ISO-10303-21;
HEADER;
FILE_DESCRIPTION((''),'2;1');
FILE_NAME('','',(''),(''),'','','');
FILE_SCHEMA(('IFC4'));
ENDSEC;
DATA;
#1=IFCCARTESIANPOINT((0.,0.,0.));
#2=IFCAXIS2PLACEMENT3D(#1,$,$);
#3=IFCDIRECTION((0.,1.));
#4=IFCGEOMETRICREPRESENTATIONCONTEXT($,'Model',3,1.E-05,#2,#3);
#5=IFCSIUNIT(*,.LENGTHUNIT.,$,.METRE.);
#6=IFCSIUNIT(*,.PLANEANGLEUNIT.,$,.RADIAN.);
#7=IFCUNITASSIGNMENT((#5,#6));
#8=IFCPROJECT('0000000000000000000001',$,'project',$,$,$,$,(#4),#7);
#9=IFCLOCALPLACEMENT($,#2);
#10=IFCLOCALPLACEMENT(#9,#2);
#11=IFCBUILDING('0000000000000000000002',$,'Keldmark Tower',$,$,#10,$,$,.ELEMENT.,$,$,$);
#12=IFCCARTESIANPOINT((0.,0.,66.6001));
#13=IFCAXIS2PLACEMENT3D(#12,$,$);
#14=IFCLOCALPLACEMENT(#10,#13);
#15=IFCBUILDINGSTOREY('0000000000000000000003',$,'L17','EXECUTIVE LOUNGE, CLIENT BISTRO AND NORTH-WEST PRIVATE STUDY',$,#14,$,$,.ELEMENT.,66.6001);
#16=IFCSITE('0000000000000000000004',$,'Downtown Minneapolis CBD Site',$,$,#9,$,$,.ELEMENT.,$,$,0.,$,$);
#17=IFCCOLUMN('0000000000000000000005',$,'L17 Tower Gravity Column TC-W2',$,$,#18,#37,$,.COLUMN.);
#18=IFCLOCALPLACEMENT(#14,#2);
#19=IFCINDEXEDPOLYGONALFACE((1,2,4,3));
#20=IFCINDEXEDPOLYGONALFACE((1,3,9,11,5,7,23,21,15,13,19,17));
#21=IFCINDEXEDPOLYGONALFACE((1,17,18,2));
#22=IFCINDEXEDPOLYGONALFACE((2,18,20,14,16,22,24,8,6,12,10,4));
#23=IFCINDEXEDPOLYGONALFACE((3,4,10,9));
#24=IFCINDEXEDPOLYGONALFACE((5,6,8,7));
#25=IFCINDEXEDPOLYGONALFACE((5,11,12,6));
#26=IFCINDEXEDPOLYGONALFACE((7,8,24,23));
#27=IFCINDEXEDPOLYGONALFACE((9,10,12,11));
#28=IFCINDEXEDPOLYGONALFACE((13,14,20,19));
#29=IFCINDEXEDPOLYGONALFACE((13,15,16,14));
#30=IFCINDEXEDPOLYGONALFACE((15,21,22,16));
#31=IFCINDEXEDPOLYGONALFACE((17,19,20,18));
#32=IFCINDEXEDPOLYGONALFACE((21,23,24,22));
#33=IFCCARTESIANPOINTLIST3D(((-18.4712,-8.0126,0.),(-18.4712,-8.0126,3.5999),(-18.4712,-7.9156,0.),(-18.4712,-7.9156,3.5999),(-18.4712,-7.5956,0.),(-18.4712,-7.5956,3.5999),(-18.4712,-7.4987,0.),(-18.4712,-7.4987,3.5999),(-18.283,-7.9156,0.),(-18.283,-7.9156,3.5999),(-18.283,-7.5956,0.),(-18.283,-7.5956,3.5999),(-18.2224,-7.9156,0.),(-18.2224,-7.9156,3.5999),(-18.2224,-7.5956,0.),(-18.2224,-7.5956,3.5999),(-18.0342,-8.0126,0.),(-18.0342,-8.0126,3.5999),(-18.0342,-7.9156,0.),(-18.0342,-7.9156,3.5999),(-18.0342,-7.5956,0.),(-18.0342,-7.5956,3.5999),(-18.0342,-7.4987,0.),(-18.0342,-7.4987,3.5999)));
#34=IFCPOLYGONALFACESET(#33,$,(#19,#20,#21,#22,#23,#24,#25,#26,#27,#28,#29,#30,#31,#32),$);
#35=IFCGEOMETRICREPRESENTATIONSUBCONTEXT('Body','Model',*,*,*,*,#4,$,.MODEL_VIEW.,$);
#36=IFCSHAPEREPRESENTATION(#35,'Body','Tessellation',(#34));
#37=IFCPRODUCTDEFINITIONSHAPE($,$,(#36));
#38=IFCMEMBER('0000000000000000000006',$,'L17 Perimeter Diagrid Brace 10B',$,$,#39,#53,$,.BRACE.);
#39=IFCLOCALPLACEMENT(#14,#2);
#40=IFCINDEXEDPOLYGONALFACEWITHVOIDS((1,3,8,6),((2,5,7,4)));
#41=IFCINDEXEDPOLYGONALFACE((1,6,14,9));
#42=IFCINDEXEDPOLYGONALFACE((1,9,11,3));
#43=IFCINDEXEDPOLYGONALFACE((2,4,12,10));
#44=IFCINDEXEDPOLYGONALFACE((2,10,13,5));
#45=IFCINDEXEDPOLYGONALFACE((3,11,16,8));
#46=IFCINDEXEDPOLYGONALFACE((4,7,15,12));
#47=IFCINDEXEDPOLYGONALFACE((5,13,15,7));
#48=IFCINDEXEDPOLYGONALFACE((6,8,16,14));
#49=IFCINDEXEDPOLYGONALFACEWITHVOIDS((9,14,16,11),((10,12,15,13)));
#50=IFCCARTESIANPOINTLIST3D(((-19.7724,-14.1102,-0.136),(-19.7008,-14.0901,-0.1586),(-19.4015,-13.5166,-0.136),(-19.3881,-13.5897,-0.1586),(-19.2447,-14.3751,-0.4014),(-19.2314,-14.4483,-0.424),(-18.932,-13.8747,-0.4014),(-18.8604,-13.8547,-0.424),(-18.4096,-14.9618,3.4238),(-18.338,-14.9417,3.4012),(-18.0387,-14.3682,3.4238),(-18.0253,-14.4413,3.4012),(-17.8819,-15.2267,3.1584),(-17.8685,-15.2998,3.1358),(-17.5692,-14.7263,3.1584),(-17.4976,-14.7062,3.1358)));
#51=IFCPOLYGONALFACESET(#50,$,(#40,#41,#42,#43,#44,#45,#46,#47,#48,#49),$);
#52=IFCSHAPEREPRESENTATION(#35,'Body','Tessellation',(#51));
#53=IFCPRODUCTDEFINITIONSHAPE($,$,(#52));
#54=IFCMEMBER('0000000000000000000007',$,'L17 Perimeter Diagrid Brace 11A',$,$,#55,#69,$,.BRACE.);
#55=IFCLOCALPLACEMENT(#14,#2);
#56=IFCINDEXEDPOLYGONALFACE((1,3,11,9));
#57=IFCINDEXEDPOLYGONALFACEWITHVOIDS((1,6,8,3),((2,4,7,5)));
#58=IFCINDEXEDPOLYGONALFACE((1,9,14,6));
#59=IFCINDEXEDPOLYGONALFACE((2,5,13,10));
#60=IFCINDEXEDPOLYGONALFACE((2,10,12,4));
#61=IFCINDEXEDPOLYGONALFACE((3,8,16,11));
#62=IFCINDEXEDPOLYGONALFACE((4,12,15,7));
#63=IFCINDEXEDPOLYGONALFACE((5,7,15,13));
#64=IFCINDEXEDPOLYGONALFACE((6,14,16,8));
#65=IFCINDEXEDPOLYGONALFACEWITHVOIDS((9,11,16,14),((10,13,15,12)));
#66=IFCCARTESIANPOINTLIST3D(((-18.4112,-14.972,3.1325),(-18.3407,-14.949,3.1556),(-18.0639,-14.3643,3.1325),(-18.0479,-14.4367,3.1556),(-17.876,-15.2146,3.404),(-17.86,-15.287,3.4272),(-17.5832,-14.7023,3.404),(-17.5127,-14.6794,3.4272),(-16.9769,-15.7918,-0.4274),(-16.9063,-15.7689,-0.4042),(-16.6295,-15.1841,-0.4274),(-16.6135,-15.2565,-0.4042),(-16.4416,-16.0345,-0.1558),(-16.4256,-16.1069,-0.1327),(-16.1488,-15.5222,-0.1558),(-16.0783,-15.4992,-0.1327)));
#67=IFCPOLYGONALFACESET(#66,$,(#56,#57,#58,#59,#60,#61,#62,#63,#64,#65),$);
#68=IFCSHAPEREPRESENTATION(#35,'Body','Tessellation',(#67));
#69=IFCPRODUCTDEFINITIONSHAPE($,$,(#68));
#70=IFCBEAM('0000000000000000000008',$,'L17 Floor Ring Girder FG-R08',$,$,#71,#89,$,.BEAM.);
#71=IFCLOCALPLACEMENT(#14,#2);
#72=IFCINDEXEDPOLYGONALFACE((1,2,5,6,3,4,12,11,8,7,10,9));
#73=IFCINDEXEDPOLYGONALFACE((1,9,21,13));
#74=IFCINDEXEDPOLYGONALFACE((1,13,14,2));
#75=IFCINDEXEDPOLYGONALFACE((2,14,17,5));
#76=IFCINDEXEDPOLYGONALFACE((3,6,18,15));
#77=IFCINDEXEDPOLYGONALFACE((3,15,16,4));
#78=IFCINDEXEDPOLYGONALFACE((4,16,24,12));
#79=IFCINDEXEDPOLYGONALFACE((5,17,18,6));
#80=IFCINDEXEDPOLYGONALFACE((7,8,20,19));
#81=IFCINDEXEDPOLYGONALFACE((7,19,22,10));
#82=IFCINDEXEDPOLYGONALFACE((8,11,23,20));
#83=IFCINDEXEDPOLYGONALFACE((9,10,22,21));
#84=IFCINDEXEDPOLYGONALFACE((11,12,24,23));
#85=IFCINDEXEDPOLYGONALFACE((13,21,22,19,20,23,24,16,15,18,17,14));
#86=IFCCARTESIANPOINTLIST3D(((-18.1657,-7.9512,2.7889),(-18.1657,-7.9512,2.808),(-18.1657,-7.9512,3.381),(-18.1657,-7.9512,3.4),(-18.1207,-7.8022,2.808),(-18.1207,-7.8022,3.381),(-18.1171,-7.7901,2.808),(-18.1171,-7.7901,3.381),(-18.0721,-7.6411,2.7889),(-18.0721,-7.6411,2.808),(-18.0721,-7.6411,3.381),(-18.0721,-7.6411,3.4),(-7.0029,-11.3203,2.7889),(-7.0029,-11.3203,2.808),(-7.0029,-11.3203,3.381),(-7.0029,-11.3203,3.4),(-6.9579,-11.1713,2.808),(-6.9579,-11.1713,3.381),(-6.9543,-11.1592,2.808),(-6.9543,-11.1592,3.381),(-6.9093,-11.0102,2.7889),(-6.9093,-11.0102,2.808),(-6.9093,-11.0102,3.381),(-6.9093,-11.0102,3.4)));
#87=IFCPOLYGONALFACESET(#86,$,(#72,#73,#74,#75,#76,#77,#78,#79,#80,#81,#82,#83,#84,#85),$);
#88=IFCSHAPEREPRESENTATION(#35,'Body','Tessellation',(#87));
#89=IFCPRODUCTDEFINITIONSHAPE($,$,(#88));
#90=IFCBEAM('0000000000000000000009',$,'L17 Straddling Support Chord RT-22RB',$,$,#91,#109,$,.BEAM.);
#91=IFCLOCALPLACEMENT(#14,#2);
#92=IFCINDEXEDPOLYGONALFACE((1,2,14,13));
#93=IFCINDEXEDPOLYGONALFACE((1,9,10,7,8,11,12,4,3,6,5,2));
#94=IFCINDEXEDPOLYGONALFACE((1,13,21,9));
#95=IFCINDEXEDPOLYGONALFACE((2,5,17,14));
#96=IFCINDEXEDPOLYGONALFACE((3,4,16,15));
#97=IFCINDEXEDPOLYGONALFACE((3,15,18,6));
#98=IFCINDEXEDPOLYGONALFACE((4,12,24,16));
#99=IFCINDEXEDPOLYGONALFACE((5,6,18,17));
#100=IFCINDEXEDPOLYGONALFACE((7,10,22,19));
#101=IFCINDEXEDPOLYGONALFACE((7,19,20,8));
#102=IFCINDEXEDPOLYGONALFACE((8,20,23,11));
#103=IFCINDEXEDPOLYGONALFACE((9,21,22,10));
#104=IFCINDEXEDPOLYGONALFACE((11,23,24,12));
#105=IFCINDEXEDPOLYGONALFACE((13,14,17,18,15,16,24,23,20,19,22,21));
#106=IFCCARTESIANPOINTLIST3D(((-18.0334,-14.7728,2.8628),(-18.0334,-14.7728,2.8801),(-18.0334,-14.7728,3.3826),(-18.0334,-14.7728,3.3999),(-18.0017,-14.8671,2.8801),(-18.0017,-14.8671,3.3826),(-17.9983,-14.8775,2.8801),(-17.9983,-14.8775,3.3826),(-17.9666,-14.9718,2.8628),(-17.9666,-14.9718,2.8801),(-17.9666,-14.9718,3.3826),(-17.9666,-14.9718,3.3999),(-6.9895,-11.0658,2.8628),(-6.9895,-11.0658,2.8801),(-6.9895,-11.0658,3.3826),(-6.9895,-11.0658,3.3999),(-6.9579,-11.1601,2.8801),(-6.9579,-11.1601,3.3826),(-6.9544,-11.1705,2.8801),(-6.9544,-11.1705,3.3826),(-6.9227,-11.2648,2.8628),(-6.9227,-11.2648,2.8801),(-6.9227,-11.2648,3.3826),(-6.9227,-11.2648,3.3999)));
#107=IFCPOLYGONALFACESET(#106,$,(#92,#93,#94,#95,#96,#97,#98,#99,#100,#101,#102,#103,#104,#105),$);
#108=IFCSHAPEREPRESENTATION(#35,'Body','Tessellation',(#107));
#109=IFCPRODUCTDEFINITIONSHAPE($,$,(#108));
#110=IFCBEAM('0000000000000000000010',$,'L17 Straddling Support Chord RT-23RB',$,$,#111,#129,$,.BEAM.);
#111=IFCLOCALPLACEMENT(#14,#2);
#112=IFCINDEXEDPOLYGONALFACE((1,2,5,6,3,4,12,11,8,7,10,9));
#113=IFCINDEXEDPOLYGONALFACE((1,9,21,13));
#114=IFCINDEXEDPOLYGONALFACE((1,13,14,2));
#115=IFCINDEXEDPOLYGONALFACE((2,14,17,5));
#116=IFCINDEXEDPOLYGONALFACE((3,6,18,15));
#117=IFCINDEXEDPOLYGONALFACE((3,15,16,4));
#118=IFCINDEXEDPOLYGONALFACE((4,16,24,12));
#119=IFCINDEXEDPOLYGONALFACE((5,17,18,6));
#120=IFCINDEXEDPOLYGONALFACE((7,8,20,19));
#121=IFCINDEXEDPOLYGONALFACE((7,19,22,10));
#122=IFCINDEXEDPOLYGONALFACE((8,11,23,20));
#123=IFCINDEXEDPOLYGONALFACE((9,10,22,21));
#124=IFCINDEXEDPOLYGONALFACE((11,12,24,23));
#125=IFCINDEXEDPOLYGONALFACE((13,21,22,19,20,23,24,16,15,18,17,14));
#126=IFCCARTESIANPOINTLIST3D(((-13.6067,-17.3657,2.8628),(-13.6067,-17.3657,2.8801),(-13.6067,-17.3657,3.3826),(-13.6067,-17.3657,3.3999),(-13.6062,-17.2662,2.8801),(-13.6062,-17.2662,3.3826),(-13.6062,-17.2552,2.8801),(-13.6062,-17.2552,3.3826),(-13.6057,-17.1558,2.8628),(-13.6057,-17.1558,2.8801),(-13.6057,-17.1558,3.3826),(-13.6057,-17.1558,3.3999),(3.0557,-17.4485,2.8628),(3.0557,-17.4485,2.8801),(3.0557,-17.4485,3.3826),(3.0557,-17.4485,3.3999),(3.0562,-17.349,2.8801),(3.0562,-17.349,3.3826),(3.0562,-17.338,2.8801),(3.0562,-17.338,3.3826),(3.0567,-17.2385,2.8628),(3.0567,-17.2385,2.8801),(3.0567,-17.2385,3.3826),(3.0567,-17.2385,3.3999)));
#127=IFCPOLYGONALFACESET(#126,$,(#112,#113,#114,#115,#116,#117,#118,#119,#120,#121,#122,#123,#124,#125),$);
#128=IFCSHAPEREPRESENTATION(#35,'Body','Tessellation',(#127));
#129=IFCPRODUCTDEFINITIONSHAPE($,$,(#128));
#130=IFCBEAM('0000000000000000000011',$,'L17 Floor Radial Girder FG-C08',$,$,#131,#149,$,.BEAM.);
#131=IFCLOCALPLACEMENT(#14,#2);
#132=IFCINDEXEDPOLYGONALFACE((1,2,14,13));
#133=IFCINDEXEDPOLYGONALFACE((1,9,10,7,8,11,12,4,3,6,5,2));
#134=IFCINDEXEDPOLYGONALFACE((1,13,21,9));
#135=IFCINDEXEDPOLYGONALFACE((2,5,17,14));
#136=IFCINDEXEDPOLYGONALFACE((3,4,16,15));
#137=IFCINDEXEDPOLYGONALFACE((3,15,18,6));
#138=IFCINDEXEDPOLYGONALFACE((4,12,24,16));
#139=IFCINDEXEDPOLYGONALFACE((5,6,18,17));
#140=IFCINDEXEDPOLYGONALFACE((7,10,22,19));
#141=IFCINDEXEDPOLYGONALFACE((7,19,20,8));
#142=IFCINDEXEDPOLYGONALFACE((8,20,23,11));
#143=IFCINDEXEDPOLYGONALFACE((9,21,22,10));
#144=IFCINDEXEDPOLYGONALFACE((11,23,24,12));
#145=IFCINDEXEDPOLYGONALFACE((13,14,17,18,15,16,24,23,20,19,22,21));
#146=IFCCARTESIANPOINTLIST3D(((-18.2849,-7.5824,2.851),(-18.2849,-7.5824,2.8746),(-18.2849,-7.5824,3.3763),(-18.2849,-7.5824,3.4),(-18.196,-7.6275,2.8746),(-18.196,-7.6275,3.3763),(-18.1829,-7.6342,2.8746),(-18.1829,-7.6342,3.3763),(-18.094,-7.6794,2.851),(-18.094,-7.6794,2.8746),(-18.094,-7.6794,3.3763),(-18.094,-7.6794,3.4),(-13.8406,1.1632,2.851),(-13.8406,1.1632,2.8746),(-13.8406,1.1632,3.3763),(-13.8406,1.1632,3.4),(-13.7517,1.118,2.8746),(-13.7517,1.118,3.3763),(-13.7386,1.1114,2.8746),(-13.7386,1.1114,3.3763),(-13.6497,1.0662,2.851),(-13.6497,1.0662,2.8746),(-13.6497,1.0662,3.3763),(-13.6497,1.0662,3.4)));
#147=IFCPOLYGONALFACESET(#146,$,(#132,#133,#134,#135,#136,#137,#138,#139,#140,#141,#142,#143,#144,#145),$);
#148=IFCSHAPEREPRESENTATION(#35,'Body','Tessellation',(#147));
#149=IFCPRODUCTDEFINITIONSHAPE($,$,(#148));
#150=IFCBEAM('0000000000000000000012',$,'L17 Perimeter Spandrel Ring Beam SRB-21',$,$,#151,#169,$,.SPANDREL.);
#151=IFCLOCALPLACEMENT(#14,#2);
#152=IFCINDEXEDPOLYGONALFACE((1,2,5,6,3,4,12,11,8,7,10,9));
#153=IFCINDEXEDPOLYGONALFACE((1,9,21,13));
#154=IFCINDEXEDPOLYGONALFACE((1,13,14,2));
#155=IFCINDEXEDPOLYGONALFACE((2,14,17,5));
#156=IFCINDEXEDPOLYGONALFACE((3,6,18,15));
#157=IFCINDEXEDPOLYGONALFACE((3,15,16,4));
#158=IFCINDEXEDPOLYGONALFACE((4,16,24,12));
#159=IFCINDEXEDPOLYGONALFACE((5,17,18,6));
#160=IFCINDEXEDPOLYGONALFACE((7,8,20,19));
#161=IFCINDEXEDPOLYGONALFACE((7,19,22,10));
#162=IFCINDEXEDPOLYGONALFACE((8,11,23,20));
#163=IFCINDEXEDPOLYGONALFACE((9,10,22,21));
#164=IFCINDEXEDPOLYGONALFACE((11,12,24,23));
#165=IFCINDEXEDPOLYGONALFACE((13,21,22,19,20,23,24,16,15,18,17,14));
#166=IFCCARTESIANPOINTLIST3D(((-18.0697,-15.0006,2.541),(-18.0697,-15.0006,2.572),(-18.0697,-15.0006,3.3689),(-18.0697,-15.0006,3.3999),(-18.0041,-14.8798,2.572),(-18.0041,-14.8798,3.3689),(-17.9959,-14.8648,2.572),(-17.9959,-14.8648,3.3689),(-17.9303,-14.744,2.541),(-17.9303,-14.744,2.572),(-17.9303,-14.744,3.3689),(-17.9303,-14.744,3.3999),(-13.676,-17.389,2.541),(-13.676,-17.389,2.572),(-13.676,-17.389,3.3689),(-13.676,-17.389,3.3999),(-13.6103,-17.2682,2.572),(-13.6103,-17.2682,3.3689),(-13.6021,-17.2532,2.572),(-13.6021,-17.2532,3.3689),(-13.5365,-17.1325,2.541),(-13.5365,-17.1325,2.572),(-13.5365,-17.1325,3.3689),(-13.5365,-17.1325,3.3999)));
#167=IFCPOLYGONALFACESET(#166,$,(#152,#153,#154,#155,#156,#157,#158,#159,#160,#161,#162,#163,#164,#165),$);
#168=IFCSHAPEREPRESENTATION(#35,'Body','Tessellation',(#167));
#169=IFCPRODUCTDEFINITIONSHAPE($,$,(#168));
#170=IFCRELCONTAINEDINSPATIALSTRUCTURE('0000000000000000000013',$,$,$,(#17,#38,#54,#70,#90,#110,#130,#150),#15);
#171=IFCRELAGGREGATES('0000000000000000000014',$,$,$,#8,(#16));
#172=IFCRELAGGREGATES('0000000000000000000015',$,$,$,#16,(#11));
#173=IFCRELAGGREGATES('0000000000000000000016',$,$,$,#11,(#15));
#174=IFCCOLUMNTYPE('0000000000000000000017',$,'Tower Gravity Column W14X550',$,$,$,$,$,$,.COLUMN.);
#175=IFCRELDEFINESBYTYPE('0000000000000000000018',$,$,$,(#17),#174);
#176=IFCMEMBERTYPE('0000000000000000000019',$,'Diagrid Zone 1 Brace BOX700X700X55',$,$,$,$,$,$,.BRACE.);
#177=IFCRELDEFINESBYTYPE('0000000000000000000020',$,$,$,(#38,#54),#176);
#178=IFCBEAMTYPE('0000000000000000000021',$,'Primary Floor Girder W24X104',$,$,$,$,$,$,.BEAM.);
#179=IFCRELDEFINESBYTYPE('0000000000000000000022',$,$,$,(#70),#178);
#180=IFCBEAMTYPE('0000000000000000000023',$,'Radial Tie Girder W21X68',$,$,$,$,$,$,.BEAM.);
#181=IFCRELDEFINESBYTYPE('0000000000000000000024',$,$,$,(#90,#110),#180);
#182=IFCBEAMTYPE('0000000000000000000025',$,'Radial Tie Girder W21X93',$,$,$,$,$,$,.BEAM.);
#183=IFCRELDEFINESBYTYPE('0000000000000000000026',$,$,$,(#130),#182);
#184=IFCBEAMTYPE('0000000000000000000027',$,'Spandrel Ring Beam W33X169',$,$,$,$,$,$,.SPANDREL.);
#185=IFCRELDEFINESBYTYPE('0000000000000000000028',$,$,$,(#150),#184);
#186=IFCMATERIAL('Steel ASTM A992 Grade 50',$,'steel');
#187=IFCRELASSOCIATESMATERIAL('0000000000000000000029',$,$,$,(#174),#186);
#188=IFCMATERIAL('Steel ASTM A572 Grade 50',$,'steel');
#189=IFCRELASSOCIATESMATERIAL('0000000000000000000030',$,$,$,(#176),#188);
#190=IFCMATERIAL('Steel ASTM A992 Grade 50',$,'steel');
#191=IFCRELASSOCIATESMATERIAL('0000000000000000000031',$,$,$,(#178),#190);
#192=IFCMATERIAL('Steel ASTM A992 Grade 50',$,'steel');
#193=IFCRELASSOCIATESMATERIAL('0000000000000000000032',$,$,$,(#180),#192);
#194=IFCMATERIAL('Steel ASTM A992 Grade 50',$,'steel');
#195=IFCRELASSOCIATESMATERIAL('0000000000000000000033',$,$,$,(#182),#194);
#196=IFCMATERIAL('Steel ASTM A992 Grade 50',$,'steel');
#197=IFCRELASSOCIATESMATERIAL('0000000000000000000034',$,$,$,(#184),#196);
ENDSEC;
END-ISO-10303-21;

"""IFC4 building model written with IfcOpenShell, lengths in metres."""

from ifc_helpers import new_model, si_unit, direction, frame, origin, origin_2d, place, context, subcontext, project, spatial, hollow_rectangle, i_section, extrude, material, material_profile, profile_set, type_object, element, save


model = new_model("IFC4")

# Units and contexts
model_context = context("Model", 3, precision=1e-05, world=origin(), true_north=direction((0.0, 1.0)))
body_context = subcontext(model_context, "Body", "Model", "MODEL_VIEW")
ifc_project = project(units=[si_unit("LENGTHUNIT", "METRE"), si_unit("PLANEANGLEUNIT", "RADIAN")], contexts=[model_context])

# Site, building, storey
site_placement = place(None, origin())
site = spatial("IfcSite", under=ifc_project, at=site_placement, Name="Downtown Minneapolis CBD Site", CompositionType="ELEMENT", RefElevation=0.0)
building_placement = place(site_placement, origin())
building = spatial("IfcBuilding", under=site, at=building_placement, Name="Keldmark Tower", CompositionType="ELEMENT")
storey_placement = place(building_placement, frame((0.0, 0.0, 66.6001)))
storey = spatial("IfcBuildingStorey", under=building, at=storey_placement, Name="L17", Description="EXECUTIVE LOUNGE, CLIENT BISTRO AND NORTH-WEST PRIVATE STUDY", CompositionType="ELEMENT", Elevation=66.6001)

# Column
ifc_material_1 = material(Name="Steel ASTM A992 Grade 50", Category="steel")
ifc_material_profile_1 = material_profile(ifc_material_1, i_section(OverallWidth=0.437, OverallDepth=0.5139, WebThickness=0.0605, FlangeThickness=0.0969, at=origin_2d()), Name="W14X550")
ifc_profile_set_1 = profile_set([ifc_material_profile_1], Name="Steel ASTM A992 Grade 50")
column_type = type_object("IfcColumnType", Name="Tower Gravity Column W14X550", PredefinedType="COLUMN", material=ifc_profile_set_1)
column_placement = place(storey_placement, frame((-18.2527, -7.7556, 0.0), z_axis=(0.0, 0.0, 1.0), x_axis=(1.0, 0.0, 0.0)))
element("IfcColumn", 1, at=column_placement, inside=storey, type_object=column_type, Name="L17 Tower Gravity Column TC-W2", PredefinedType="COLUMN", context=body_context, shape_type="SweptSolid", body=[
    extrude(i_section(OverallWidth=0.437, OverallDepth=0.5139, WebThickness=0.0605, FlangeThickness=0.0969, at=origin_2d()), origin(), (0.0, 0.0, 1.0), 3.5999),
])

# Members
ifc_material_2 = material(Name="Steel ASTM A572 Grade 50", Category="steel")
ifc_material_profile_2 = material_profile(ifc_material_2, hollow_rectangle(XDim=0.7, YDim=0.7, WallThickness=0.0549, at=origin_2d()), Name="BOX700X700X55")
ifc_profile_set_2 = profile_set([ifc_material_profile_2], Name="Steel ASTM A572 Grade 50")
member_type = type_object("IfcMemberType", Name="Diagrid Zone 1 Brace BOX700X700X55", PredefinedType="BRACE", material=ifc_profile_set_2)
member_1_placement = place(storey_placement, frame((-19.3164, -13.9824, -0.28), z_axis=(0.348922, -0.21803, 0.911436), x_axis=(0.529917, 0.84805, 0.0)))
element("IfcMember", 2, at=member_1_placement, inside=storey, type_object=member_type, Name="L17 Perimeter Diagrid Brace 10B", PredefinedType="BRACE", context=body_context, shape_type="SweptSolid", body=[
    extrude(hollow_rectangle(XDim=0.7, YDim=0.7, WallThickness=0.0549, at=origin_2d()), origin(), (0.0, 0.0, 1.0), 3.9058),
])
member_2_placement = place(storey_placement, frame((-16.5276, -15.6455, -0.28), z_axis=(-0.36548, 0.208899, 0.907075), x_axis=(-0.496234, -0.868189, 0.0)))
element("IfcMember", 3, at=member_2_placement, inside=storey, type_object=member_type, Name="L17 Perimeter Diagrid Brace 11A", PredefinedType="BRACE", context=body_context, shape_type="SweptSolid", body=[
    extrude(hollow_rectangle(XDim=0.7, YDim=0.7, WallThickness=0.0549, at=origin_2d()), origin(), (0.0, 0.0, 1.0), 3.9246),
])

# Beams
ifc_material_3 = material(Name="Steel ASTM A992 Grade 50", Category="steel")
ifc_material_profile_3 = material_profile(ifc_material_3, i_section(OverallWidth=0.324, OverallDepth=0.6111, WebThickness=0.0127, FlangeThickness=0.019, at=origin_2d()), Name="W24X104")
ifc_profile_set_3 = profile_set([ifc_material_profile_3], Name="Steel ASTM A992 Grade 50")
beam_type_1 = type_object("IfcBeamType", Name="Primary Floor Girder W24X104", PredefinedType="BEAM", material=ifc_profile_set_3)
beam_1_placement = place(storey_placement, frame((-18.1189, -7.7961, 3.0945), z_axis=(0.957346, -0.288944, 0.0), x_axis=(0.288944, 0.957346, 0.0)))
element("IfcBeam", 4, at=beam_1_placement, inside=storey, type_object=beam_type_1, Name="L17 Floor Ring Girder FG-R08", PredefinedType="BEAM", context=body_context, shape_type="SweptSolid", body=[
    extrude(i_section(OverallWidth=0.324, OverallDepth=0.6111, WebThickness=0.0127, FlangeThickness=0.019, at=origin_2d()), origin(), (0.0, 0.0, 1.0), 11.6602),
])
ifc_material_4 = material(Name="Steel ASTM A992 Grade 50", Category="steel")
ifc_material_profile_4 = material_profile(ifc_material_4, i_section(OverallWidth=0.21, OverallDepth=0.5371, WebThickness=0.011, FlangeThickness=0.0173, at=origin_2d()), Name="W21X68")
ifc_profile_set_4 = profile_set([ifc_material_profile_4], Name="Steel ASTM A992 Grade 50")
beam_type_2 = type_object("IfcBeamType", Name="Radial Tie Girder W21X68", PredefinedType="BEAM", material=ifc_profile_set_4)
beam_2_placement = place(storey_placement, frame((-18.0, -14.8723, 3.1313), z_axis=(0.948019, 0.318214, 0.0), x_axis=(-0.318214, 0.948019, 0.0)))
element("IfcBeam", 5, at=beam_2_placement, inside=storey, type_object=beam_type_2, Name="L17 Straddling Support Chord RT-22RB", PredefinedType="BEAM", context=body_context, shape_type="SweptSolid", body=[
    extrude(i_section(OverallWidth=0.21, OverallDepth=0.5371, WebThickness=0.011, FlangeThickness=0.0173, at=origin_2d()), origin(), (0.0, 0.0, 1.0), 11.6494),
])
beam_3_placement = place(storey_placement, frame((-13.6062, -17.2607, 3.1313), z_axis=(0.999988, -0.004967, 0.0), x_axis=(0.004967, 0.999988, 0.0)))
element("IfcBeam", 6, at=beam_3_placement, inside=storey, type_object=beam_type_2, Name="L17 Straddling Support Chord RT-23RB", PredefinedType="BEAM", context=body_context, shape_type="SweptSolid", body=[
    extrude(i_section(OverallWidth=0.21, OverallDepth=0.5371, WebThickness=0.011, FlangeThickness=0.0173, at=origin_2d()), origin(), (0.0, 0.0, 1.0), 16.6626),
])
ifc_material_5 = material(Name="Steel ASTM A992 Grade 50", Category="steel")
ifc_material_profile_5 = material_profile(ifc_material_5, i_section(OverallWidth=0.2141, OverallDepth=0.5491, WebThickness=0.0146, FlangeThickness=0.0237, at=origin_2d()), Name="W21X93")
ifc_profile_set_5 = profile_set([ifc_material_profile_5], Name="Steel ASTM A992 Grade 50")
beam_type_3 = type_object("IfcBeamType", Name="Radial Tie Girder W21X93", PredefinedType="BEAM", material=ifc_profile_set_5)
beam_4_placement = place(storey_placement, frame((-18.1895, -7.6309, 3.1255), z_axis=(0.453038, 0.891491, 0.0), x_axis=(-0.891491, 0.453038, 0.0)))
element("IfcBeam", 7, at=beam_4_placement, inside=storey, type_object=beam_type_3, Name="L17 Floor Radial Girder FG-C08", PredefinedType="BEAM", context=body_context, shape_type="SweptSolid", body=[
    extrude(i_section(OverallWidth=0.2141, OverallDepth=0.5491, WebThickness=0.0146, FlangeThickness=0.0237, at=origin_2d()), origin(), (0.0, 0.0, 1.0), 9.8101),
])
ifc_material_6 = material(Name="Steel ASTM A992 Grade 50", Category="steel")
ifc_material_profile_6 = material_profile(ifc_material_6, i_section(OverallWidth=0.292, OverallDepth=0.8589, WebThickness=0.0171, FlangeThickness=0.031, at=origin_2d()), Name="W33X169")
ifc_profile_set_6 = profile_set([ifc_material_profile_6], Name="Steel ASTM A992 Grade 50")
beam_type_4 = type_object("IfcBeamType", Name="Spandrel Ring Beam W33X169", PredefinedType="SPANDREL", material=ifc_profile_set_6)
beam_5_placement = place(storey_placement, frame((-18.0, -14.8723, 2.9705), z_axis=(0.878583, -0.47759, 0.0), x_axis=(0.47759, 0.878583, 0.0)))
element("IfcBeam", 8, at=beam_5_placement, inside=storey, type_object=beam_type_4, Name="L17 Perimeter Spandrel Ring Beam SRB-21", PredefinedType="SPANDREL", context=body_context, shape_type="SweptSolid", body=[
    extrude(i_section(OverallWidth=0.292, OverallDepth=0.8589, WebThickness=0.0171, FlangeThickness=0.031, at=origin_2d()), origin(), (0.0, 0.0, 1.0), 5.001),
])

save(model, "model.ifc")
